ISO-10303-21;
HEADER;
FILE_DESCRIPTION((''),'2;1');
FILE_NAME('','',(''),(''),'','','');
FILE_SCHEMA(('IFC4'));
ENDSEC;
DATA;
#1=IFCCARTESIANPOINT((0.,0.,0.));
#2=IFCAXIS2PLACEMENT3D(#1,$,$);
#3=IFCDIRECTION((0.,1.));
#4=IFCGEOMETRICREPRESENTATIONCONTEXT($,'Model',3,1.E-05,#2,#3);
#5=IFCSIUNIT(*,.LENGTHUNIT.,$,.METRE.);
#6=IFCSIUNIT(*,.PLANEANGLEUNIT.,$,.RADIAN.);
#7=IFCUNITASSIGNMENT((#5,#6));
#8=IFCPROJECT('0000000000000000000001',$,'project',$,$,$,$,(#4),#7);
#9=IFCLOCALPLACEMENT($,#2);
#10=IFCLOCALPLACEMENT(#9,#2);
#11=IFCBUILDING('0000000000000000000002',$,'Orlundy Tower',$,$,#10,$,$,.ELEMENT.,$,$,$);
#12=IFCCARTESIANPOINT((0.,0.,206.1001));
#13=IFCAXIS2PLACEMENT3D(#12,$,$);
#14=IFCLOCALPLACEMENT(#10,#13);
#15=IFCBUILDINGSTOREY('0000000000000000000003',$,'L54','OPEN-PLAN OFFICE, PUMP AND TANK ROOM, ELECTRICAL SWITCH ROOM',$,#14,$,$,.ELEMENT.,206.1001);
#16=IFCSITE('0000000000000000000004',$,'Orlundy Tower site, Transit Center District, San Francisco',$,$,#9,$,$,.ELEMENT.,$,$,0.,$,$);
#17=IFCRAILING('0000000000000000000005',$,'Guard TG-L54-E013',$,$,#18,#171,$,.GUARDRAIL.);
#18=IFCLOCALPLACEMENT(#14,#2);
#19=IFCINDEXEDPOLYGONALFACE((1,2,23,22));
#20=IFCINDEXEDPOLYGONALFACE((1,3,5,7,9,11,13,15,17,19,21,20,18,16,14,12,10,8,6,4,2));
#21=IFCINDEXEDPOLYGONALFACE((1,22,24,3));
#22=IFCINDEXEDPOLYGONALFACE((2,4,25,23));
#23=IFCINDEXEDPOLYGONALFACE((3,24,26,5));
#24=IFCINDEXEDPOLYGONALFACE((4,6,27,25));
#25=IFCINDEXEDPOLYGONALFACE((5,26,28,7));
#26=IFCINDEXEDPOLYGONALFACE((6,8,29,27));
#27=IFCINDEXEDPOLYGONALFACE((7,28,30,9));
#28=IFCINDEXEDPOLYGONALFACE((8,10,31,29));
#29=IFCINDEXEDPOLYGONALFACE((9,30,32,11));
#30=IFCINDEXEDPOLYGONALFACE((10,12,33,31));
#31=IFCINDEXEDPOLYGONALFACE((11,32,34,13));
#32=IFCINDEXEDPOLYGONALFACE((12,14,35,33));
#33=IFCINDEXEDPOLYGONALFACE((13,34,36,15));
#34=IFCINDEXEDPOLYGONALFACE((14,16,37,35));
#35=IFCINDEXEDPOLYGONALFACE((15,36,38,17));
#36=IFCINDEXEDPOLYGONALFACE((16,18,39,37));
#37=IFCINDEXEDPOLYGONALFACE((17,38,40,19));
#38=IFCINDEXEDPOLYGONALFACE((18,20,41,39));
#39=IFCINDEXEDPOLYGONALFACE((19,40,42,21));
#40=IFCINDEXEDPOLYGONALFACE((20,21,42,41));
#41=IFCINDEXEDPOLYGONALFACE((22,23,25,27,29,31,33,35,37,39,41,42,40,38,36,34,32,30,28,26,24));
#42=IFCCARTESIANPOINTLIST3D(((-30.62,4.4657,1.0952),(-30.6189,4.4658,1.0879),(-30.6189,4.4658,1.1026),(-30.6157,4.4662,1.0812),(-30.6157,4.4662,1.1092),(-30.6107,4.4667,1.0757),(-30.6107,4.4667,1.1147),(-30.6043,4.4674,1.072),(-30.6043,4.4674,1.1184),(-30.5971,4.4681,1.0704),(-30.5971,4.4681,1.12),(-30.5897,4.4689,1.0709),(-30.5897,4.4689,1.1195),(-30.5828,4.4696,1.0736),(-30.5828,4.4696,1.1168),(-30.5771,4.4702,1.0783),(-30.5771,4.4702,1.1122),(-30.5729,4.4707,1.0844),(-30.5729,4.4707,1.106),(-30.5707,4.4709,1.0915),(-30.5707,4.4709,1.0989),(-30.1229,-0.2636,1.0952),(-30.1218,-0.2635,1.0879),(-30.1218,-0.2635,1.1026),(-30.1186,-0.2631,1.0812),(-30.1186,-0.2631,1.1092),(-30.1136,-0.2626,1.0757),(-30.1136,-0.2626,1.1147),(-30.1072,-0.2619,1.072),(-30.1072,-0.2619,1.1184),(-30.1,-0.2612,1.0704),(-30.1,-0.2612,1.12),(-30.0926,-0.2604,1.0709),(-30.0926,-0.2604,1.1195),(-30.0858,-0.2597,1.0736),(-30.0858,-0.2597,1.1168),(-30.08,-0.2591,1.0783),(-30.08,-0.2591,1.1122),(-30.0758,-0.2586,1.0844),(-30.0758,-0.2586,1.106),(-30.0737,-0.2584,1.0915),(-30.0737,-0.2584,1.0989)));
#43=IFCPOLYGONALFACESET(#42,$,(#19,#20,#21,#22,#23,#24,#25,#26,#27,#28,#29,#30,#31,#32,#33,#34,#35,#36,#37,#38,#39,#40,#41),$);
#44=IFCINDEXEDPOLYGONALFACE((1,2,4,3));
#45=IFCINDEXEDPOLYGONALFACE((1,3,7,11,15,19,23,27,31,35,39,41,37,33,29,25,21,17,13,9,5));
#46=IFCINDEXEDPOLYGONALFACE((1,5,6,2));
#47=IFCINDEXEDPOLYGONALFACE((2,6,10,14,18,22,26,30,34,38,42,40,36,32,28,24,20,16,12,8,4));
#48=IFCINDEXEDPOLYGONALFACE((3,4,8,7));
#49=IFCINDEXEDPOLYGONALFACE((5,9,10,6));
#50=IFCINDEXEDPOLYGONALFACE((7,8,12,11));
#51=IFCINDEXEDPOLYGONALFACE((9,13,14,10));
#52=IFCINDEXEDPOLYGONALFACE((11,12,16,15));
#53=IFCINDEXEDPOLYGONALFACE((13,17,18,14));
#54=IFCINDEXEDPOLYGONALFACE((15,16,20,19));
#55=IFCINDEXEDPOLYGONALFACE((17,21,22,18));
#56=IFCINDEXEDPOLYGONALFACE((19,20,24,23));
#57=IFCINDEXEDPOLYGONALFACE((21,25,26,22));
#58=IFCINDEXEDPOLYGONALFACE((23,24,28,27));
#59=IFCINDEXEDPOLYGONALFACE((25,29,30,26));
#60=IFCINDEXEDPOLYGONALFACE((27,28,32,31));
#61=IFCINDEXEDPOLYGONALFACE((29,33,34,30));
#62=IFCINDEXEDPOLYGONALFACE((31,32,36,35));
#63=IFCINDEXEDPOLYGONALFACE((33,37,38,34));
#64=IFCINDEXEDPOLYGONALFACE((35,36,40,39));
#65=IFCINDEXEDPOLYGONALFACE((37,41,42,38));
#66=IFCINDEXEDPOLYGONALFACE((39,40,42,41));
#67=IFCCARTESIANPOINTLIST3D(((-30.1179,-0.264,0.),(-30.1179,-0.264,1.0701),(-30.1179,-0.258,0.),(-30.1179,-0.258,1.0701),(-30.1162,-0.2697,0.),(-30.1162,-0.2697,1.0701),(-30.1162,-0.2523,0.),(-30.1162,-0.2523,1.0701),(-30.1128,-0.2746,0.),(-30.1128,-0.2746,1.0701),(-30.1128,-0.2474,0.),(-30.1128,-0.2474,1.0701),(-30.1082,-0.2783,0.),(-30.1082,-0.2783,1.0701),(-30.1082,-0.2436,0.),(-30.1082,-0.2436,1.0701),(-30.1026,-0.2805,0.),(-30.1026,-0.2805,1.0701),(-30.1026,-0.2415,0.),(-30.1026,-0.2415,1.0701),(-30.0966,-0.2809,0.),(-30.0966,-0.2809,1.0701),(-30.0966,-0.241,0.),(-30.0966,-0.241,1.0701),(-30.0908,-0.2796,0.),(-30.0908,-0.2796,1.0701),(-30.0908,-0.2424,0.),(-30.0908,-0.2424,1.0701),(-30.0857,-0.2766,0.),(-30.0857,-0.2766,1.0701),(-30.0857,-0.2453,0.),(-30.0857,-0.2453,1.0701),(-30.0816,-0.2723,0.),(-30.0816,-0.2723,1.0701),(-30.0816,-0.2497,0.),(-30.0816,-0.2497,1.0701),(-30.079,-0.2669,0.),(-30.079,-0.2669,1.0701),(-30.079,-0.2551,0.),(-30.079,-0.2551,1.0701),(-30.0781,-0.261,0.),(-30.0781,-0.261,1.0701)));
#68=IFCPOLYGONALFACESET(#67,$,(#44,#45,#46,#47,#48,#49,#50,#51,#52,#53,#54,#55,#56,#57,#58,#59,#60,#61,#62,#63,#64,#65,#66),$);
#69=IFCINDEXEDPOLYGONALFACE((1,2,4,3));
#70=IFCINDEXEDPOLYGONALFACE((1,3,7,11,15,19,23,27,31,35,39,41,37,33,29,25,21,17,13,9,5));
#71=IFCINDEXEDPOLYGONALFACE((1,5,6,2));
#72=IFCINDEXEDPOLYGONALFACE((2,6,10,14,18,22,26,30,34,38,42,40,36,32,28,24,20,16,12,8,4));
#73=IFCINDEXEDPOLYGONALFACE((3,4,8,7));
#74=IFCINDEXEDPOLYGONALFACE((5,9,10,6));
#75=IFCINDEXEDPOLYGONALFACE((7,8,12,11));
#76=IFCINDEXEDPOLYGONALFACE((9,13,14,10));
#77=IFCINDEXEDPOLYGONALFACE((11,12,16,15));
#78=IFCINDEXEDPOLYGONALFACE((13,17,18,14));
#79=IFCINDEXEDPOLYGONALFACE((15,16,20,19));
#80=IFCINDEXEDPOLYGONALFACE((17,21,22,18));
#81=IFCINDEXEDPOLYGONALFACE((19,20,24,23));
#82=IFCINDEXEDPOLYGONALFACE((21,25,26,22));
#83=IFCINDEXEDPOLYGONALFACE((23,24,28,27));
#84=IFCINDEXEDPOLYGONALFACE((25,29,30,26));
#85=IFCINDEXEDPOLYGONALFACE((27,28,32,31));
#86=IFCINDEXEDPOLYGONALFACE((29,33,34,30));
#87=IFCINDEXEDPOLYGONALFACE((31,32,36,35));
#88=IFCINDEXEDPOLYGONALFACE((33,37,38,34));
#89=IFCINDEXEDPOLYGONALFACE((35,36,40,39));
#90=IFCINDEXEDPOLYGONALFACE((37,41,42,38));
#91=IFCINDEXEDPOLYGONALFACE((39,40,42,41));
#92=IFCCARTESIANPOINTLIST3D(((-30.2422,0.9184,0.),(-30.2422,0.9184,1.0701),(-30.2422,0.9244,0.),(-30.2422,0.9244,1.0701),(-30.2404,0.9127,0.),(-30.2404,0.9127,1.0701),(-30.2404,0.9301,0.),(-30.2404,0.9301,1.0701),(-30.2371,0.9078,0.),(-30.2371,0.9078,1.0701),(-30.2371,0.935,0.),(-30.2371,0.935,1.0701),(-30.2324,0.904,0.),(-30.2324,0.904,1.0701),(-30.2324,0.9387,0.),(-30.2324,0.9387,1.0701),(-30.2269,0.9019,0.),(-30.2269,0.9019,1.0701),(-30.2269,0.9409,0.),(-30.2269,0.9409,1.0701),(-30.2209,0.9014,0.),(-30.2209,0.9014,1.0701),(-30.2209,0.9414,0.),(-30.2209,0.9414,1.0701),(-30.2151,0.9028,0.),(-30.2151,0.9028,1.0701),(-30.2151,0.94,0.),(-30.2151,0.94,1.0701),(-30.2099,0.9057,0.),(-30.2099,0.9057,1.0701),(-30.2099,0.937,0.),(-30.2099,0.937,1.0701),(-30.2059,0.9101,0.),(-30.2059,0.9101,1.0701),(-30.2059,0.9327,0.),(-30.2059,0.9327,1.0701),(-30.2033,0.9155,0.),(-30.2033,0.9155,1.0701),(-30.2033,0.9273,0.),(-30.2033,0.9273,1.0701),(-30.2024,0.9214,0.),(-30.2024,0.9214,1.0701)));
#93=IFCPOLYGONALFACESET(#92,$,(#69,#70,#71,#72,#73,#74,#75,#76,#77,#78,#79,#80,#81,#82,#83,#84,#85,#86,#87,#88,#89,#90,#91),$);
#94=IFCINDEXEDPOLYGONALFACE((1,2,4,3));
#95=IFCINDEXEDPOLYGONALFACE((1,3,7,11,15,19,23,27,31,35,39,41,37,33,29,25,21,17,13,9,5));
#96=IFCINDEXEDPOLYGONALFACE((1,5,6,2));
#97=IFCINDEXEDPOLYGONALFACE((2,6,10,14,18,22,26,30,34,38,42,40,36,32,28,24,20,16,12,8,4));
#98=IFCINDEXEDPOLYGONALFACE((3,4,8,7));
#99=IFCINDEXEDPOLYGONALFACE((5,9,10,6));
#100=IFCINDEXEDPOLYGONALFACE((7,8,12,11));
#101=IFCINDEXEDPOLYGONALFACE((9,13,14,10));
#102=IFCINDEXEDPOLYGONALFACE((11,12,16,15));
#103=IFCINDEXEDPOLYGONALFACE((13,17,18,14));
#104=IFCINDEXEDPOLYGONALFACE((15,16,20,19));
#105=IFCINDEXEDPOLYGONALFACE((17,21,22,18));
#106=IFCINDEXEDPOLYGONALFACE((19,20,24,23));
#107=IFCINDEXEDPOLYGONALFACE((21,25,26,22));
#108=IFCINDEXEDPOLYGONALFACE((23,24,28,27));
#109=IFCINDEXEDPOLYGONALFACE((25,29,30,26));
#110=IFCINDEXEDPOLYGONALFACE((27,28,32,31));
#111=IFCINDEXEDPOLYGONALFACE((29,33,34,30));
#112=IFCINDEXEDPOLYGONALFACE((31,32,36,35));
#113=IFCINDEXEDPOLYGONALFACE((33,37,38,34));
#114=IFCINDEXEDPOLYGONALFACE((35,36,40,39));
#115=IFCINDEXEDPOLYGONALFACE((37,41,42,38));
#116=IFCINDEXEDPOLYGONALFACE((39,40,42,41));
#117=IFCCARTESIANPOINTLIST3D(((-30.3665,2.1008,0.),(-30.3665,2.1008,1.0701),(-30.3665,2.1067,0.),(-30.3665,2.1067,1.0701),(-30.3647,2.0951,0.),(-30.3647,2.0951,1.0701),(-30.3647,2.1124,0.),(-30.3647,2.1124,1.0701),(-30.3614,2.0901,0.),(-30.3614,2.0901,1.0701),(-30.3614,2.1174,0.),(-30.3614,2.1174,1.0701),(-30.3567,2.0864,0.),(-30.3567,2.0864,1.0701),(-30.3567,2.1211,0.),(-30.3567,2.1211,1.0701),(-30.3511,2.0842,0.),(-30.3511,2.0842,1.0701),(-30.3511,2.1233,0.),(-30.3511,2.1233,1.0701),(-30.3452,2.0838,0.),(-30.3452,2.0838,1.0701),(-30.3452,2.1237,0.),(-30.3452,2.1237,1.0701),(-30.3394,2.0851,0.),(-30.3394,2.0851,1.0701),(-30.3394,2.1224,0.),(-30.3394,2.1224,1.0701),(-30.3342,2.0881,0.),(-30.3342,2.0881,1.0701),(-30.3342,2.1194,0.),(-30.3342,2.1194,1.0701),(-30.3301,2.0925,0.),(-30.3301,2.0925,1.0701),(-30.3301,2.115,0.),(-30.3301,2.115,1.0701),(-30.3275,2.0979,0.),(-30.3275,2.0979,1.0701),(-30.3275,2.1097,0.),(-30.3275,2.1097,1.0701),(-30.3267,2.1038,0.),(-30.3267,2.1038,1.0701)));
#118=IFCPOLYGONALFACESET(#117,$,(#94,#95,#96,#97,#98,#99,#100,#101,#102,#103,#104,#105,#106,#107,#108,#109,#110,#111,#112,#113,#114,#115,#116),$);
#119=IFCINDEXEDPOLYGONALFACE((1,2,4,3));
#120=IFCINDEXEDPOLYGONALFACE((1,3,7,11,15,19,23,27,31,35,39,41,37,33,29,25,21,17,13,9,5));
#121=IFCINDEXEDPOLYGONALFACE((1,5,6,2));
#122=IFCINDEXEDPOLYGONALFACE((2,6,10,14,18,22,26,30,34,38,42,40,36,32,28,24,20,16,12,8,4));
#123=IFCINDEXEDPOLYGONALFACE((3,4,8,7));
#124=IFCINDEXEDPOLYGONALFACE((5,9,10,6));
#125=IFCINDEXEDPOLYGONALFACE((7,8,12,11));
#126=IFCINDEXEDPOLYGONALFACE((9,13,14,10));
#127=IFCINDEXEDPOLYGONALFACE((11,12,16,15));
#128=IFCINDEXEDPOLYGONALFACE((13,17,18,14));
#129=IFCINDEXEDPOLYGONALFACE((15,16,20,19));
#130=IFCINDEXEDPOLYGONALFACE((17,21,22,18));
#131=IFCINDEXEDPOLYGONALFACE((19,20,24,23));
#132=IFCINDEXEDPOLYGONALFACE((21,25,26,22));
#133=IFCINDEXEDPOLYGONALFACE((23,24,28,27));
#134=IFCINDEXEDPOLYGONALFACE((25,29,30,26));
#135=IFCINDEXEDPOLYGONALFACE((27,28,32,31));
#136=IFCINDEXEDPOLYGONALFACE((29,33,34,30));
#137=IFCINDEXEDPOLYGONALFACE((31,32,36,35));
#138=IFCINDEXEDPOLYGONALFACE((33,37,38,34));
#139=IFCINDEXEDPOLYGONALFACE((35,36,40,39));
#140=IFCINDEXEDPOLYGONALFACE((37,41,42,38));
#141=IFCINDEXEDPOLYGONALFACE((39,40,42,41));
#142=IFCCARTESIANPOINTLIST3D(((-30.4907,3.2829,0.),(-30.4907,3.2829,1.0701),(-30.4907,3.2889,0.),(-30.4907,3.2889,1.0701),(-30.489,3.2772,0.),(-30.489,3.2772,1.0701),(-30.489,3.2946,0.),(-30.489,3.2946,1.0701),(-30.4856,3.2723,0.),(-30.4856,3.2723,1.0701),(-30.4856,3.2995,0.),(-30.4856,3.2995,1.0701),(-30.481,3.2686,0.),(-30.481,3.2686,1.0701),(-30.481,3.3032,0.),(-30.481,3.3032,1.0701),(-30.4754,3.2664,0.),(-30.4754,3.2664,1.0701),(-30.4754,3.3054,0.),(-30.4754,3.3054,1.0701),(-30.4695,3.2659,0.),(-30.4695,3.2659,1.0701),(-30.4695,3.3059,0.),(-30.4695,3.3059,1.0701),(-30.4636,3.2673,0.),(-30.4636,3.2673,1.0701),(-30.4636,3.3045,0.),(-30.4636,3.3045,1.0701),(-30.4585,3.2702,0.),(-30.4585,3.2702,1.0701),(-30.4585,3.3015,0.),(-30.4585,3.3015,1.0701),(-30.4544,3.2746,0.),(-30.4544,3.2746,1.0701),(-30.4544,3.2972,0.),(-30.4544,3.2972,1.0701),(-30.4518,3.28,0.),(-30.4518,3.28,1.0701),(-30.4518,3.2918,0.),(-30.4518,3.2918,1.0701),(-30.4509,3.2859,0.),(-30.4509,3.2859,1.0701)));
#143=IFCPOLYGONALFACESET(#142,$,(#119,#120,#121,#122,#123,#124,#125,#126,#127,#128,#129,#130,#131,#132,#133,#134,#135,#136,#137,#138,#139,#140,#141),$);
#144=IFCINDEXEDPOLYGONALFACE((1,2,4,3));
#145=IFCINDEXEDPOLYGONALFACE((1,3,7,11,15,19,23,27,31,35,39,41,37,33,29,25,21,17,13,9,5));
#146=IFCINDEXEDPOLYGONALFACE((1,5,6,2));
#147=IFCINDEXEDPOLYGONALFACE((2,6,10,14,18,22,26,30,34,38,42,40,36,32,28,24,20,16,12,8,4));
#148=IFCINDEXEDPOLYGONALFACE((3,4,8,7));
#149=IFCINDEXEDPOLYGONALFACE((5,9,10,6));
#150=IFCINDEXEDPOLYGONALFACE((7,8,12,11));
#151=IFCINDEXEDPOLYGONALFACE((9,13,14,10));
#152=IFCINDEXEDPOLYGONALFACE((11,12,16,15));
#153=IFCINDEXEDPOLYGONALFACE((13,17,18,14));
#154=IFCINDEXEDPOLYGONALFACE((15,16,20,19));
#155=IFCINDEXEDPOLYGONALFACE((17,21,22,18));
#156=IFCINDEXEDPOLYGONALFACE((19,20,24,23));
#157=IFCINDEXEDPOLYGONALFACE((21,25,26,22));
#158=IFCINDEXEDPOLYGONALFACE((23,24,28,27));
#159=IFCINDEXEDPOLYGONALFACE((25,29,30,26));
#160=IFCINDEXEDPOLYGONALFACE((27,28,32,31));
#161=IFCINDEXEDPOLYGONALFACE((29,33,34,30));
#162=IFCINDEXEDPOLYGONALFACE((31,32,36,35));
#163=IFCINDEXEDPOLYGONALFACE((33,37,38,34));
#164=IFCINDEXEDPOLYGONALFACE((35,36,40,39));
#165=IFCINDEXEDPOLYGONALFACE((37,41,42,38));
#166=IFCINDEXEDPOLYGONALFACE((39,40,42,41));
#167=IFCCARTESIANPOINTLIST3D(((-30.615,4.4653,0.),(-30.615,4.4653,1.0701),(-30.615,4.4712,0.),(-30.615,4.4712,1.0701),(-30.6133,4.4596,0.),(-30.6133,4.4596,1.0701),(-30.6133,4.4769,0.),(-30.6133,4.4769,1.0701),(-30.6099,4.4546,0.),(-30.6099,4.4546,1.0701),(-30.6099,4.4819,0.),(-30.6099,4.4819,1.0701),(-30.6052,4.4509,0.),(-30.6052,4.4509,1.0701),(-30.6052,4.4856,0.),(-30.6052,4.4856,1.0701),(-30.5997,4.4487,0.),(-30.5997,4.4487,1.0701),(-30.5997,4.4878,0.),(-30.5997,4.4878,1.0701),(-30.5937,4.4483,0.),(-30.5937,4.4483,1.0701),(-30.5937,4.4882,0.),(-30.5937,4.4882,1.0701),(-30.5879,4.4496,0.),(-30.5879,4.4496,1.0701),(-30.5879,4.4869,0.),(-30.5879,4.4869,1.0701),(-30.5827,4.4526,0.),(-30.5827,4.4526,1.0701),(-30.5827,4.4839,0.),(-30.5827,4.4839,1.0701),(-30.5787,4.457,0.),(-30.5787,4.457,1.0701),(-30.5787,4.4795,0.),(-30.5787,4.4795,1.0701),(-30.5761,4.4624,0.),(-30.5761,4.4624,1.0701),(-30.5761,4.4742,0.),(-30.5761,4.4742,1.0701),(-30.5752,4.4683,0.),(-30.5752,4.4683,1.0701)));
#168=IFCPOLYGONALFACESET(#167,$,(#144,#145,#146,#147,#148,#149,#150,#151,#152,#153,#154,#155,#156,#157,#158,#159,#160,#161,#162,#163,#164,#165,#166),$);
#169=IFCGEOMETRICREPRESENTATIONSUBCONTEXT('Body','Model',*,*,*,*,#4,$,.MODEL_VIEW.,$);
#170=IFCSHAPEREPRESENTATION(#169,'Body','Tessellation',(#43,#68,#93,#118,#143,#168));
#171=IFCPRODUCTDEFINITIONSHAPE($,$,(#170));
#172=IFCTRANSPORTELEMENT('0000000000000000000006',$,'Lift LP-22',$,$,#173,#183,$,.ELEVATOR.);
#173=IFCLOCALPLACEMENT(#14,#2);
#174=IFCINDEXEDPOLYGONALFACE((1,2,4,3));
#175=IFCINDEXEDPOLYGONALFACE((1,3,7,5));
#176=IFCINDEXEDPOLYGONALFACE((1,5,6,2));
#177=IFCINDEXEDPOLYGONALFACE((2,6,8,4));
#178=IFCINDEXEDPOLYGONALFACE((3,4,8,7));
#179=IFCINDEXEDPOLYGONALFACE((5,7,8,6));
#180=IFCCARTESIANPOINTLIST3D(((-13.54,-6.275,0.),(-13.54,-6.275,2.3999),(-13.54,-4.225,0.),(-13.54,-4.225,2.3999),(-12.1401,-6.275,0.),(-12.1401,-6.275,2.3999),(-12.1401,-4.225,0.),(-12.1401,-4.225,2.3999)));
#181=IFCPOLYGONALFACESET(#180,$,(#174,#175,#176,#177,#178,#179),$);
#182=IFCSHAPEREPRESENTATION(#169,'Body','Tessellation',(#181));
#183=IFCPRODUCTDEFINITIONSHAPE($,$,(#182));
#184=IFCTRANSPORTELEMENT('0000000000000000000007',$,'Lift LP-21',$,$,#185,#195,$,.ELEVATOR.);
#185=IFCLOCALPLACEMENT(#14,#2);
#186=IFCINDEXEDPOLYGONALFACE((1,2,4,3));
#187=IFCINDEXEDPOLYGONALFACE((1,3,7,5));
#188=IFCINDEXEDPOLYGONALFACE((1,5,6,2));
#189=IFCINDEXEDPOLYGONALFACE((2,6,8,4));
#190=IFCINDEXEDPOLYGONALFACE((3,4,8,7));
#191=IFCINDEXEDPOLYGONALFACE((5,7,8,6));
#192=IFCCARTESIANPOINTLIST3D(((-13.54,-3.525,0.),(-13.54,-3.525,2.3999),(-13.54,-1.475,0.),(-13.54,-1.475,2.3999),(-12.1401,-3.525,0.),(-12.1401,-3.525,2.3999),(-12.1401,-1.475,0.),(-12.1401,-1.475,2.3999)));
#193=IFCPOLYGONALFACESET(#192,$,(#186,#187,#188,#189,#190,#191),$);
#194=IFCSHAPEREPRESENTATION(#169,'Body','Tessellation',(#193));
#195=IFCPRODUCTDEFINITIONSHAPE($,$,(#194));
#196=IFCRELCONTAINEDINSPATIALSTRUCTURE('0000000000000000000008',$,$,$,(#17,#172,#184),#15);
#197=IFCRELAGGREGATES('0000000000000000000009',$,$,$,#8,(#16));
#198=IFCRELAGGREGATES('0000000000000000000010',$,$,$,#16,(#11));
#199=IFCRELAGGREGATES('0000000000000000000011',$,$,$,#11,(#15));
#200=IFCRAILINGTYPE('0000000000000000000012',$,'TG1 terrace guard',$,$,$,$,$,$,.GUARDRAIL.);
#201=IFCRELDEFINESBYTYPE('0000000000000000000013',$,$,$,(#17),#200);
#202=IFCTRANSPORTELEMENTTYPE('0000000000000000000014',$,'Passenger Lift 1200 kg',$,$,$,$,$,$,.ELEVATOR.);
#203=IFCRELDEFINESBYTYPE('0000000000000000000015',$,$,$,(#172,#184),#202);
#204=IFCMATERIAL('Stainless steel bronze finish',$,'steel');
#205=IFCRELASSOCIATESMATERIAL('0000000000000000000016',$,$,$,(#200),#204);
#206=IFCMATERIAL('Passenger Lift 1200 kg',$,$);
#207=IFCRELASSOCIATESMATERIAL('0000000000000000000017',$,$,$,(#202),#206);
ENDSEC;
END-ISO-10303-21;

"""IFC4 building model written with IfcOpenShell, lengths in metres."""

from ifc_helpers import new_model, si_unit, direction, frame, origin, origin_2d, place, context, subcontext, project, spatial, rectangle, circle, extrude, material, type_object, element, save


model = new_model("IFC4")

# Units and contexts
model_context = context("Model", 3, precision=1e-05, world=origin(), true_north=direction((0.0, 1.0)))
body_context = subcontext(model_context, "Body", "Model", "MODEL_VIEW")
ifc_project = project(units=[si_unit("LENGTHUNIT", "METRE"), si_unit("PLANEANGLEUNIT", "RADIAN")], contexts=[model_context])

# Site, building, storey
site_placement = place(None, origin())
site = spatial("IfcSite", under=ifc_project, at=site_placement, Name="Orlundy Tower site, Transit Center District, San Francisco", CompositionType="ELEMENT", RefElevation=0.0)
building_placement = place(site_placement, origin())
building = spatial("IfcBuilding", under=site, at=building_placement, Name="Orlundy Tower", CompositionType="ELEMENT")
storey_placement = place(building_placement, frame((0.0, 0.0, 206.1001)))
storey = spatial("IfcBuildingStorey", under=building, at=storey_placement, Name="L54", Description="OPEN-PLAN OFFICE, PUMP AND TANK ROOM, ELECTRICAL SWITCH ROOM", CompositionType="ELEMENT", Elevation=206.1001)

# Railing
ifc_material_1 = material(Name="Stainless steel bronze finish", Category="steel")
railing_type = type_object("IfcRailingType", Name="TG1 terrace guard", PredefinedType="GUARDRAIL", material=ifc_material_1)
railing_placement = place(storey_placement, frame((-30.0981, -0.261, 0.0)))
element("IfcRailing", 1, at=railing_placement, inside=storey, type_object=railing_type, Name="Guard TG-L54-E013", PredefinedType="GUARDRAIL", context=body_context, shape_type="SweptSolid", body=[
    extrude(circle(Radius=0.0249, at=origin_2d()), frame((0.0, 0.0, 1.0952), z_axis=(-0.10453, 0.994522, 0.0), x_axis=(-0.994522, -0.10453, 0.0)), (0.0, 0.0, 1.0), 4.7554),
    extrude(circle(Radius=0.02, at=origin_2d()), origin(), (0.0, 0.0, 1.0), 1.0701),
    extrude(circle(Radius=0.02, at=origin_2d()), frame((-0.1243, 1.1824, 0.0)), (0.0, 0.0, 1.0), 1.0701),
    extrude(circle(Radius=0.02, at=origin_2d()), frame((-0.2485, 2.3647, 0.0)), (0.0, 0.0, 1.0), 1.0701),
    extrude(circle(Radius=0.02, at=origin_2d()), frame((-0.3728, 3.5469, 0.0)), (0.0, 0.0, 1.0), 1.0701),
    extrude(circle(Radius=0.02, at=origin_2d()), frame((-0.4971, 4.7292, 0.0)), (0.0, 0.0, 1.0), 1.0701),
])

# Transport elements
ifc_material_2 = material(Name="Passenger Lift 1200 kg")
transport_element_type = type_object("IfcTransportElementType", Name="Passenger Lift 1200 kg", PredefinedType="ELEVATOR", material=ifc_material_2)
for number, where, z_axis, x_axis, name in (
    (2, (-12.8401, -5.25, 0.0), (0.0, 0.0, 1.0), (1.0, 0.0, 0.0), "Lift LP-22"),
    (3, (-12.8401, -2.5, 0.0), (0.0, 0.0, 1.0), (1.0, 0.0, 0.0), "Lift LP-21"),
):
    element("IfcTransportElement", number, at=place(storey_placement, frame(where, z_axis=z_axis, x_axis=x_axis)), inside=storey, type_object=transport_element_type, Name=name, PredefinedType="ELEVATOR", context=body_context, shape_type="SweptSolid", body=[
        extrude(rectangle(XDim=1.3999, YDim=2.05, at=origin_2d()), origin(), (0.0, 0.0, 1.0), 2.3999),
    ])

save(model, "model.ifc")
